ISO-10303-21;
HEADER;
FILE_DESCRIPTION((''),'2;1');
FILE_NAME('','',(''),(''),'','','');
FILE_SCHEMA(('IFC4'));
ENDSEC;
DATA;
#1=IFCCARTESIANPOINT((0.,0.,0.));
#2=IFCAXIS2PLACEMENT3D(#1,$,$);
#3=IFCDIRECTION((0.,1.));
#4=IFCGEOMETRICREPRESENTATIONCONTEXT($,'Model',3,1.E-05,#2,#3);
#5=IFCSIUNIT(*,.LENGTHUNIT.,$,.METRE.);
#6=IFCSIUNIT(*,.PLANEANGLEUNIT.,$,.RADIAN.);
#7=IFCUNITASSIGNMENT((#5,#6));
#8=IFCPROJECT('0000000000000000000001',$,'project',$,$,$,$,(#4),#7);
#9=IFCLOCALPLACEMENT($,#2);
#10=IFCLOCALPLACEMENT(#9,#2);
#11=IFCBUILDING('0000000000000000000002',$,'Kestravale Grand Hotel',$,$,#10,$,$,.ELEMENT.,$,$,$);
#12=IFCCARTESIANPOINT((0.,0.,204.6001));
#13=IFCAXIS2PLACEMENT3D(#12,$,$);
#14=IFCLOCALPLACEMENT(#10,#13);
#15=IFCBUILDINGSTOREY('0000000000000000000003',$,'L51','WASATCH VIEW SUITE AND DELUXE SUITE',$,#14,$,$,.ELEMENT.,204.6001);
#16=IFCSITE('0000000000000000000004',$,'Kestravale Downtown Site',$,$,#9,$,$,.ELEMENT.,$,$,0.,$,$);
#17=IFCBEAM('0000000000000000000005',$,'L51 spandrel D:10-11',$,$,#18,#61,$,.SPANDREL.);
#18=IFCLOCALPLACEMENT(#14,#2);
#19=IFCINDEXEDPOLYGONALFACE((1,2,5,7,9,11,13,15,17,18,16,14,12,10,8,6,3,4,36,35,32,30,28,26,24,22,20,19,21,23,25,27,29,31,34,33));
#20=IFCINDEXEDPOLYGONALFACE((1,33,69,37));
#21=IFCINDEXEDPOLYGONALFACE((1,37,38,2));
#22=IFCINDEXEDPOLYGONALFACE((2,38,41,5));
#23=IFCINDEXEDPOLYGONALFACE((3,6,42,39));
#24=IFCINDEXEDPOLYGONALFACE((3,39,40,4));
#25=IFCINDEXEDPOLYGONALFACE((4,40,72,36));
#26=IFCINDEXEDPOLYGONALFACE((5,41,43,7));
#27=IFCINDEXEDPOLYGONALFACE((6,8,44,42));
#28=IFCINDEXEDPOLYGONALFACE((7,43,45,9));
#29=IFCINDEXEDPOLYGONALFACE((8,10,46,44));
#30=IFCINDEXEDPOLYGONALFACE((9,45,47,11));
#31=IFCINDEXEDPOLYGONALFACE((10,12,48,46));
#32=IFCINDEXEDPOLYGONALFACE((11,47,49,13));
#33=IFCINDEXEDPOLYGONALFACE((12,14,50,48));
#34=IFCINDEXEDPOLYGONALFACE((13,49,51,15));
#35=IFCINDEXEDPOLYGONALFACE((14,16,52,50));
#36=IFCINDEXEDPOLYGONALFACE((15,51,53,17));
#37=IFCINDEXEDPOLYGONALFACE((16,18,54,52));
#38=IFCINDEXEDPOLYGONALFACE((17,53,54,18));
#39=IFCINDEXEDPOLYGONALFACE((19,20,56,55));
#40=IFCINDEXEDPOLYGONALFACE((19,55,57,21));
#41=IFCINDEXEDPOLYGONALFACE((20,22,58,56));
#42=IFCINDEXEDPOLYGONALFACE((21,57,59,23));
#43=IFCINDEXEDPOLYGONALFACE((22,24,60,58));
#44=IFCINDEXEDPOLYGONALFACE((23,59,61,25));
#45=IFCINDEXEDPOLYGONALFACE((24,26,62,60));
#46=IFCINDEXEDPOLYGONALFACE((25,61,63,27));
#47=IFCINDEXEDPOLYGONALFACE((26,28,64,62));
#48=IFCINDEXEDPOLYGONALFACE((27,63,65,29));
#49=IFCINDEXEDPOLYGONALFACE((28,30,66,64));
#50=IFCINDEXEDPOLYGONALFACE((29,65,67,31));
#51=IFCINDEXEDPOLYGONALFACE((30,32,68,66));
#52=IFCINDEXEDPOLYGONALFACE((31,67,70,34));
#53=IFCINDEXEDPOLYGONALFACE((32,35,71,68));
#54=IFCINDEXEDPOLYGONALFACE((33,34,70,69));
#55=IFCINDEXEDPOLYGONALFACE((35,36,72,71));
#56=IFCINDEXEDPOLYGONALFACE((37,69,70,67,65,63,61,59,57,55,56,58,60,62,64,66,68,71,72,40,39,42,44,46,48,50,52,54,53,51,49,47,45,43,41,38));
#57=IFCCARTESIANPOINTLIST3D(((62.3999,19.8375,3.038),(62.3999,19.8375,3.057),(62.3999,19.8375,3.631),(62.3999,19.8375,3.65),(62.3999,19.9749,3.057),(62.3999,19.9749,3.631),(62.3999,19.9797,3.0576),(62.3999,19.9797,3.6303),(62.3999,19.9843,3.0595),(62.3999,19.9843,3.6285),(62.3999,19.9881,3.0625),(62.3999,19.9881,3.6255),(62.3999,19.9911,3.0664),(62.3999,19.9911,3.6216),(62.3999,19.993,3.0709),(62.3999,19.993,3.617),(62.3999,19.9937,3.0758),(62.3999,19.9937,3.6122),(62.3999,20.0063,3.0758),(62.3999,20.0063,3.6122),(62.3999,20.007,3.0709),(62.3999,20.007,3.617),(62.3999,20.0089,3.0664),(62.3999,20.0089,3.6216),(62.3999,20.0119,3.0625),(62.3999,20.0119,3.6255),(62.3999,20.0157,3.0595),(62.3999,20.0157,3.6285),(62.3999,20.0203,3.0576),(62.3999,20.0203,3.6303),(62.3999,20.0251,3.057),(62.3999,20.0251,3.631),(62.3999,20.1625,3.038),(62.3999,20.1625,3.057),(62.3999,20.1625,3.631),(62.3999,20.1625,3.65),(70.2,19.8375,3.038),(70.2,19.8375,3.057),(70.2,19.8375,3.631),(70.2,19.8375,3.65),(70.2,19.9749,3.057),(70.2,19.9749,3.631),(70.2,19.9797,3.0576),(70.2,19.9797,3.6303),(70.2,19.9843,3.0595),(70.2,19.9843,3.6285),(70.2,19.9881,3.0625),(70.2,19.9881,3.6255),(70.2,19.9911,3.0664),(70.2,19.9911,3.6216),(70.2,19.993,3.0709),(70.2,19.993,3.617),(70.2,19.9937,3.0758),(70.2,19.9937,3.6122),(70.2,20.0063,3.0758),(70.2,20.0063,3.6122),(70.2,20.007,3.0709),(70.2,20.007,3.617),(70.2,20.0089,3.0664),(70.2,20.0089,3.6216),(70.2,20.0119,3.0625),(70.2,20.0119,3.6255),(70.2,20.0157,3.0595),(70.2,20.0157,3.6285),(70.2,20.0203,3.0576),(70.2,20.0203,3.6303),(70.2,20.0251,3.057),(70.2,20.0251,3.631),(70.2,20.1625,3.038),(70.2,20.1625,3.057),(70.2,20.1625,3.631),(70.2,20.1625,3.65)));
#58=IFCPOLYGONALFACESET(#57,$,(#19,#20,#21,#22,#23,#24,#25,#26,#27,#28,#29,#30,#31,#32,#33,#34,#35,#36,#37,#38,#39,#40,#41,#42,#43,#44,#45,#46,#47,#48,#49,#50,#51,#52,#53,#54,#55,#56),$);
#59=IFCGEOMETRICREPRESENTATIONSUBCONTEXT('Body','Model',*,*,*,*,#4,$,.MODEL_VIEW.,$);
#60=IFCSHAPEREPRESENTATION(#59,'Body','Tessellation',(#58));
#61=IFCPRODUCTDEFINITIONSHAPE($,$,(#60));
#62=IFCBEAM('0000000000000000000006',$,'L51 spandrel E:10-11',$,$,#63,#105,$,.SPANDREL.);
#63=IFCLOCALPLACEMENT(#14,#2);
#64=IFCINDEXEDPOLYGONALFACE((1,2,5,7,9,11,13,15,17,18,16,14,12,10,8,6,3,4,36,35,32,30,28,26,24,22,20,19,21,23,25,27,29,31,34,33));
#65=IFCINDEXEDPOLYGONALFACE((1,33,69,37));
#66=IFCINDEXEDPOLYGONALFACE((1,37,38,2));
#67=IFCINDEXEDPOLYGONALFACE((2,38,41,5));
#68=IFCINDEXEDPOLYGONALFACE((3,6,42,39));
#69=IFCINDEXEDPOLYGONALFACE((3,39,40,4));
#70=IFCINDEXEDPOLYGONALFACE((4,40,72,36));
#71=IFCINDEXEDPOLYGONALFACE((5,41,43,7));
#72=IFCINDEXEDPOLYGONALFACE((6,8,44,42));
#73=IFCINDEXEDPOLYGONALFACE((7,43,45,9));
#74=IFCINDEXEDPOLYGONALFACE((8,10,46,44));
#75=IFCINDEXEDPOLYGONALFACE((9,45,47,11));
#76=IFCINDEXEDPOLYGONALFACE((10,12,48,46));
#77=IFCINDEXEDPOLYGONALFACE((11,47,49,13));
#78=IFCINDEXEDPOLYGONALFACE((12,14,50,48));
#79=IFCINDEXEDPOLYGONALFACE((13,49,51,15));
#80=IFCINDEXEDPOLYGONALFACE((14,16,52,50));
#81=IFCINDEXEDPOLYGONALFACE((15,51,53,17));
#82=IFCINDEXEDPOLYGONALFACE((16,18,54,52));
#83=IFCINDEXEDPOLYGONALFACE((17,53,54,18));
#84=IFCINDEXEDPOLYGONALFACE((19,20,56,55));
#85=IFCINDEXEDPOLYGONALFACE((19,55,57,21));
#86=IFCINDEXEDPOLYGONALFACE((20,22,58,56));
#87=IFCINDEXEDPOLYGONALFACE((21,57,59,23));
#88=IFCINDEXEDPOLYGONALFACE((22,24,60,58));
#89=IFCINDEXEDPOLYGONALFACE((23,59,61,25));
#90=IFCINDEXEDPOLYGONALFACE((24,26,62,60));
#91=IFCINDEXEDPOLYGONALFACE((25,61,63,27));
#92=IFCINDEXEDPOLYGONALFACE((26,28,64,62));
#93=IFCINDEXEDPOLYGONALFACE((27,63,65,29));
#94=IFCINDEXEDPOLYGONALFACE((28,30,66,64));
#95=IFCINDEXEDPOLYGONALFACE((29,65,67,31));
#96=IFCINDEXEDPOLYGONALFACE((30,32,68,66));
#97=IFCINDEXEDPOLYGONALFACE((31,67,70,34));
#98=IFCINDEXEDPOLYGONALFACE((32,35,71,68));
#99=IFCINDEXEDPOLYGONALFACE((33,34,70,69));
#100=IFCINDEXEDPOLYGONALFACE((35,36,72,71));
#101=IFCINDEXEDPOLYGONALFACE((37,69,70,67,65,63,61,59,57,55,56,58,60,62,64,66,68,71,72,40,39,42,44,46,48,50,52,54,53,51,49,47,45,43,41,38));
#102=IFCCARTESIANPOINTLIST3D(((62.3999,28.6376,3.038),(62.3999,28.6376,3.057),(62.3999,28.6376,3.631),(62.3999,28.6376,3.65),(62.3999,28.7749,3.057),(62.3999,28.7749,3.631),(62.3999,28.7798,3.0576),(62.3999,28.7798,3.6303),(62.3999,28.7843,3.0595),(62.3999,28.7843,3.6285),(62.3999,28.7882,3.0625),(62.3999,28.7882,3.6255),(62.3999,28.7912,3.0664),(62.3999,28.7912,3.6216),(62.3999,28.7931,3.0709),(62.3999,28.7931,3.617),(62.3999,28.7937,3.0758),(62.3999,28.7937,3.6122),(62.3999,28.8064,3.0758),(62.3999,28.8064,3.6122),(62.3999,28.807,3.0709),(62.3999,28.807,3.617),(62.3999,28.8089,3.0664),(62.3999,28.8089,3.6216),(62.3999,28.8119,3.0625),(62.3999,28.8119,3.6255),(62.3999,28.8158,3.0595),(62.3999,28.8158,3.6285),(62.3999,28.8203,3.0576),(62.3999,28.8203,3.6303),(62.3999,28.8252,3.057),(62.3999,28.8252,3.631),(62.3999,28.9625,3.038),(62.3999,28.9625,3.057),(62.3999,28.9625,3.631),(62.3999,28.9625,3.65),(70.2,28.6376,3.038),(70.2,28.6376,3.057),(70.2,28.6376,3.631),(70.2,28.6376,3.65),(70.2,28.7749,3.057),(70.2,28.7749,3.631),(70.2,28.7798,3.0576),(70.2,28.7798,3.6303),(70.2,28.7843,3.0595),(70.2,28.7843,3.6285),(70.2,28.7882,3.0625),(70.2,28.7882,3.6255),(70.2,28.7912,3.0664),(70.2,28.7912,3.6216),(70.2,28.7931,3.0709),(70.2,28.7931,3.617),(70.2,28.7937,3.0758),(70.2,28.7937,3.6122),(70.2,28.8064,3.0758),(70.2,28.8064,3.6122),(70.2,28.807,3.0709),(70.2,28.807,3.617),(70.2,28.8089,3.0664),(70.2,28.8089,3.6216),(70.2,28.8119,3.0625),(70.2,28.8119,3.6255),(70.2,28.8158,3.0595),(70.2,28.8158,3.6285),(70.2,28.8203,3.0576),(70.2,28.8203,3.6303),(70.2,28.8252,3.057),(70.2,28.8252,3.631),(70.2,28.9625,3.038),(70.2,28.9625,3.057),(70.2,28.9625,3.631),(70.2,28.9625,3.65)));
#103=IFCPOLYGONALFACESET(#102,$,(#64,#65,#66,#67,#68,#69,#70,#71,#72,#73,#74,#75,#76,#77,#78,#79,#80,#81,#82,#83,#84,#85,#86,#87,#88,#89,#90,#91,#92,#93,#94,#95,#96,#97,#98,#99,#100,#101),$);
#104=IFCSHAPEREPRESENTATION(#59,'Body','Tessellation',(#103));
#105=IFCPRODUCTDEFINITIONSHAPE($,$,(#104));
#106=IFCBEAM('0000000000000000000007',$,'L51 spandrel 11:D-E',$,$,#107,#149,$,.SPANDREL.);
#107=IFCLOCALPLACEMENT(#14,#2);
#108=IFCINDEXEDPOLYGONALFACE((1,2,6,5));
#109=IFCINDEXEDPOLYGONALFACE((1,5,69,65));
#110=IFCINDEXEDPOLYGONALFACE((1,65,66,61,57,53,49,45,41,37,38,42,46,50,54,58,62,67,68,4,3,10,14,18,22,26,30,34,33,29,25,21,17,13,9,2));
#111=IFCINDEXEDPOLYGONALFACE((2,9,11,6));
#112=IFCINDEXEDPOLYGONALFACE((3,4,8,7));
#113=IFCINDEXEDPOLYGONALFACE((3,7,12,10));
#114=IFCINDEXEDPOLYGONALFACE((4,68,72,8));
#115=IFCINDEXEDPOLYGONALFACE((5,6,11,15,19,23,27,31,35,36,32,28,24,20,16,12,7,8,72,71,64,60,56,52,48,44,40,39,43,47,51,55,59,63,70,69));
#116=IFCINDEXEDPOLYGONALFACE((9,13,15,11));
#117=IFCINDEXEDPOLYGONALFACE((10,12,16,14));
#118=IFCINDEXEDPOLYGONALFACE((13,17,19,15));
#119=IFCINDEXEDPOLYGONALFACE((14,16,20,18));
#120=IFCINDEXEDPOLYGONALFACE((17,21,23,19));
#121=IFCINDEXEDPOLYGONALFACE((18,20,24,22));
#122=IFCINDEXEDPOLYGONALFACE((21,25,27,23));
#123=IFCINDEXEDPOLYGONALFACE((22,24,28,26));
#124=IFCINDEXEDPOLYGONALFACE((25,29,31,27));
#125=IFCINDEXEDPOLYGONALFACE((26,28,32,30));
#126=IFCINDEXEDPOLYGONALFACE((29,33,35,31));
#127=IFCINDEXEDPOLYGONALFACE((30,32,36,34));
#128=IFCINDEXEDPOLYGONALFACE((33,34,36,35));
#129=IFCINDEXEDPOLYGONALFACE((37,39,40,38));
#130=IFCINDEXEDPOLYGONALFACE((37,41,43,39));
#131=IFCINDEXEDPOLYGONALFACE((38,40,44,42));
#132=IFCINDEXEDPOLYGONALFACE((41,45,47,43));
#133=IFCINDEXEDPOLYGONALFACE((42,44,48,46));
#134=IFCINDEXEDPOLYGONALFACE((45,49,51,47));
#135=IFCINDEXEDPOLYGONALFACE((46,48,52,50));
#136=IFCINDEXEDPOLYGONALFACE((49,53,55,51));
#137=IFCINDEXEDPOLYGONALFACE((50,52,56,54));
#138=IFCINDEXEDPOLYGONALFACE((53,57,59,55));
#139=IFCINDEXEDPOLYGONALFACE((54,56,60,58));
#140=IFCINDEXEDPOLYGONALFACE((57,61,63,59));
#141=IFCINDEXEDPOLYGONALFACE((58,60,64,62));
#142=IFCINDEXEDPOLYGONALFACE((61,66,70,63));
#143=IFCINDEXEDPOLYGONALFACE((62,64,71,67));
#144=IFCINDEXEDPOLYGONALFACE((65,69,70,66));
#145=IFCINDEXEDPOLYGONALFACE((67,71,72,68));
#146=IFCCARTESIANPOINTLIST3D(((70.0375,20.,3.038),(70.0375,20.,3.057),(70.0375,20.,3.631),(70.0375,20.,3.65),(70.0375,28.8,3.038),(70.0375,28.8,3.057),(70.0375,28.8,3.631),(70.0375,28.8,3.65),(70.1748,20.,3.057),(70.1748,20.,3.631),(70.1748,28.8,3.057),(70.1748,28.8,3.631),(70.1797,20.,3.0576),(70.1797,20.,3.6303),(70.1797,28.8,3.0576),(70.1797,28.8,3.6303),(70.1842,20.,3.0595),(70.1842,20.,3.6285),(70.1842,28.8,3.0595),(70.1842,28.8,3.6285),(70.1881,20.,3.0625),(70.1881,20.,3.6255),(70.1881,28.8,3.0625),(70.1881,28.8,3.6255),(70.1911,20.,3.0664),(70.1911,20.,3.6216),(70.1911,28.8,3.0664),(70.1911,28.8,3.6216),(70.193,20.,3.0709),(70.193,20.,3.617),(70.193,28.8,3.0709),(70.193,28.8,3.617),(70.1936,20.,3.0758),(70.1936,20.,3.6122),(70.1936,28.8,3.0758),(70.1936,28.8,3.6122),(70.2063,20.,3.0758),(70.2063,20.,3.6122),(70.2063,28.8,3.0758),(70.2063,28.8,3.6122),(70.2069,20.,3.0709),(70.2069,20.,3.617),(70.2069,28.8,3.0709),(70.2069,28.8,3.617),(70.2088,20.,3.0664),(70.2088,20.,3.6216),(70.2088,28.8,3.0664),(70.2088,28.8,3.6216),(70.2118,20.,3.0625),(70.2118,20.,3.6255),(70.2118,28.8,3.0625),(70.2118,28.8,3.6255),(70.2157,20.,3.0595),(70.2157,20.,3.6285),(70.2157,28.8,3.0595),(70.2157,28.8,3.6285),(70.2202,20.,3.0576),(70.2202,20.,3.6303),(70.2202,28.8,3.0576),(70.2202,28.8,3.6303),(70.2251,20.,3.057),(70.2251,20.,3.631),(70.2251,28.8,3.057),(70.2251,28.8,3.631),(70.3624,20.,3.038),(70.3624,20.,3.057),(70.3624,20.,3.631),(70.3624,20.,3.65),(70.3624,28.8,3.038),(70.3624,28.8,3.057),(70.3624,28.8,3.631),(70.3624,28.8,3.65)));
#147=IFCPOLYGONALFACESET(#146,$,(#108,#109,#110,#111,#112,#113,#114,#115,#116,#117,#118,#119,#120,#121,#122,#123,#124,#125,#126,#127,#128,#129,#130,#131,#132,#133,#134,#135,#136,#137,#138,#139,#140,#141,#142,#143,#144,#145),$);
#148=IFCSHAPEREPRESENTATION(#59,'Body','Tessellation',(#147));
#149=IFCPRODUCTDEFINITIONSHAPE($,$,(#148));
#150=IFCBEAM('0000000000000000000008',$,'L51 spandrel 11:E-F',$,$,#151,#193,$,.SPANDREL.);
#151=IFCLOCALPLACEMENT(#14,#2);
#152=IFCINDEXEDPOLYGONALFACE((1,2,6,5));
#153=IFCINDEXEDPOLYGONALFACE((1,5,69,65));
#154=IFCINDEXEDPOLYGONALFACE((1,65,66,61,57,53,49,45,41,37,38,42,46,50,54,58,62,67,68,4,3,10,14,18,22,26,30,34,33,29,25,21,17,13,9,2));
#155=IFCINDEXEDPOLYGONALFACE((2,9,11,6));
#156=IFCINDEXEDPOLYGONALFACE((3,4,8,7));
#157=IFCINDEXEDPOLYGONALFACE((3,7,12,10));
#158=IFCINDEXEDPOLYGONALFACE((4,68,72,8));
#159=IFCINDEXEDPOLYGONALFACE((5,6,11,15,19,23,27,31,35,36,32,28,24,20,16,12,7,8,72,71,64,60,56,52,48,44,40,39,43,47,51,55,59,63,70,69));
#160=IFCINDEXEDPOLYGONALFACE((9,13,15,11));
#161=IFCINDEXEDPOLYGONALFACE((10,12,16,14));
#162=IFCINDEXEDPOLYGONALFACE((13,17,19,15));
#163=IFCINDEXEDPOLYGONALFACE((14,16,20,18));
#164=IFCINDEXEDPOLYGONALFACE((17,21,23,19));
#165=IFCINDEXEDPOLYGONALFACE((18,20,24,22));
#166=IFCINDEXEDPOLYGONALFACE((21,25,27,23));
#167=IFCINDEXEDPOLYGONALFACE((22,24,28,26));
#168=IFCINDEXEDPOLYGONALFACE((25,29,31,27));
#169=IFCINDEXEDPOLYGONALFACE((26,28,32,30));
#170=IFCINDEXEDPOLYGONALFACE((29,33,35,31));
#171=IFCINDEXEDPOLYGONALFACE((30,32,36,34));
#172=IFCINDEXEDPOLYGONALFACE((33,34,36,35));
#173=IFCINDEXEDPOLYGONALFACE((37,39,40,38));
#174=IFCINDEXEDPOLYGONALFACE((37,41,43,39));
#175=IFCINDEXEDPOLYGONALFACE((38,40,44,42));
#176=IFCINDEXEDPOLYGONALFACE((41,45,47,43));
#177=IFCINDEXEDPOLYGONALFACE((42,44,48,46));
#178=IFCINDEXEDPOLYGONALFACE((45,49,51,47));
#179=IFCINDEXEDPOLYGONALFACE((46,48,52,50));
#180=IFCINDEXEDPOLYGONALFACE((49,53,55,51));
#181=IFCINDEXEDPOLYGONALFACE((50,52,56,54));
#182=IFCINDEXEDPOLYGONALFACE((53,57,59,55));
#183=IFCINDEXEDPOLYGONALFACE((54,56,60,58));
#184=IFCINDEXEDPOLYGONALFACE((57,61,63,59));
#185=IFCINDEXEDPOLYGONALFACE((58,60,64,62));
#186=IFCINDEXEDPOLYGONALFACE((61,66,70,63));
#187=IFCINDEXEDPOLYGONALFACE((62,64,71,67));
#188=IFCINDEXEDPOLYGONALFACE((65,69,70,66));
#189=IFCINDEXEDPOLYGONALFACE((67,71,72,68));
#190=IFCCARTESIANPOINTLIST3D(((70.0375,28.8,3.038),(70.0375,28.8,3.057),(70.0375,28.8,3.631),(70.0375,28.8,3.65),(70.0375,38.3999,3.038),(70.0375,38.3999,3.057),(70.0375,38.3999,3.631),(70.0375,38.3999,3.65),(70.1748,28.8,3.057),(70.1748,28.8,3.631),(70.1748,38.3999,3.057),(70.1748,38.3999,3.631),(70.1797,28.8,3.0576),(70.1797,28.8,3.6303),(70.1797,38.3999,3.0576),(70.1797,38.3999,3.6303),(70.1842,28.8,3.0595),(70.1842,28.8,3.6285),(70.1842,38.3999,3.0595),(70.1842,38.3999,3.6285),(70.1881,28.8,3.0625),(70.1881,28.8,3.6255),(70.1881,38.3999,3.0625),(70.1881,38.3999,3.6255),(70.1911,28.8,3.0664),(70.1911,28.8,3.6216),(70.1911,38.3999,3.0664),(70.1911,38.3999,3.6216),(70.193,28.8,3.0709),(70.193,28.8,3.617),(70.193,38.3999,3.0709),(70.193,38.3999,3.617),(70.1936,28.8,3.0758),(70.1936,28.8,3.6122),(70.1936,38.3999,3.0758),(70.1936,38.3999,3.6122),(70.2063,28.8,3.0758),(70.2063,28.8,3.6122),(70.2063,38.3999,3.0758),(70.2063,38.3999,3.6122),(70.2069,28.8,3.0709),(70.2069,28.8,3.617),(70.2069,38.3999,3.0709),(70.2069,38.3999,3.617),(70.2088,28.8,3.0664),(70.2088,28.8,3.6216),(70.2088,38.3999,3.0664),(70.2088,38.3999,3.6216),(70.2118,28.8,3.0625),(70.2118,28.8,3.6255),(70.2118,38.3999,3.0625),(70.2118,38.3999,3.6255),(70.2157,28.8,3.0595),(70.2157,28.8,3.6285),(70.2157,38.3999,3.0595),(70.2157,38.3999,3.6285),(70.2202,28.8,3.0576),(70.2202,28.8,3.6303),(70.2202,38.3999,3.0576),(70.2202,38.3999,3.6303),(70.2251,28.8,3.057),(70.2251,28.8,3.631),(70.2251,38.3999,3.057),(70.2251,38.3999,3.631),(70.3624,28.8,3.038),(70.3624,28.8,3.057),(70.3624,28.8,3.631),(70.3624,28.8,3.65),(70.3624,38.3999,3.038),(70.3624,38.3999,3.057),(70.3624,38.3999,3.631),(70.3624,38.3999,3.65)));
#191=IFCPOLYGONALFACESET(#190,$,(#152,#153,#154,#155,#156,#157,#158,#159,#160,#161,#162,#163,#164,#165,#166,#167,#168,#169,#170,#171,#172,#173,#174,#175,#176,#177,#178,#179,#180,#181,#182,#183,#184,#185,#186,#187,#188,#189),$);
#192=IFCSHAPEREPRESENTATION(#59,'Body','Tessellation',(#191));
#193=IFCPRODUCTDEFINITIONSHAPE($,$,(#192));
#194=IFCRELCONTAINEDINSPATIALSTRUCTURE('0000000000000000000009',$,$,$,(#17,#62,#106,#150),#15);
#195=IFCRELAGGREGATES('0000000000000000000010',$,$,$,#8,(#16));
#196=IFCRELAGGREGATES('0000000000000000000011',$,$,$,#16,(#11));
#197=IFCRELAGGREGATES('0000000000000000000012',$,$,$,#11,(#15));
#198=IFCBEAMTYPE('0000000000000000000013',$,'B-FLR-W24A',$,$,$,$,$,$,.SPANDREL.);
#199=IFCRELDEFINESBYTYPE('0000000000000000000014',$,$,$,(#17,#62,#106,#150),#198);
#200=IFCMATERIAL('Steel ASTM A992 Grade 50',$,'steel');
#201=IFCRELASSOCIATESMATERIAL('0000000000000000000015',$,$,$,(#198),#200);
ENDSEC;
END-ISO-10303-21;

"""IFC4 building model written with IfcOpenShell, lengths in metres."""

from ifc_helpers import new_model, si_unit, direction, frame, origin, origin_2d, place, context, subcontext, project, spatial, i_section, extrude, material, material_profile, profile_set, type_object, element, save


model = new_model("IFC4")

# Units and contexts
model_context = context("Model", 3, precision=1e-05, world=origin(), true_north=direction((0.0, 1.0)))
body_context = subcontext(model_context, "Body", "Model", "MODEL_VIEW")
ifc_project = project(units=[si_unit("LENGTHUNIT", "METRE"), si_unit("PLANEANGLEUNIT", "RADIAN")], contexts=[model_context])

# Site, building, storey
site_placement = place(None, origin())
site = spatial("IfcSite", under=ifc_project, at=site_placement, Name="Kestravale Downtown Site", CompositionType="ELEMENT", RefElevation=0.0)
building_placement = place(site_placement, origin())
building = spatial("IfcBuilding", under=site, at=building_placement, Name="Kestravale Grand Hotel", CompositionType="ELEMENT")
storey_placement = place(building_placement, frame((0.0, 0.0, 204.6001)))
storey = spatial("IfcBuildingStorey", under=building, at=storey_placement, Name="L51", Description="WASATCH VIEW SUITE AND DELUXE SUITE", CompositionType="ELEMENT", Elevation=204.6001)

# Beams
ifc_material_1 = material(Name="Steel ASTM A992 Grade 50", Category="steel")
ifc_material_profile_1 = material_profile(ifc_material_1, i_section(OverallWidth=0.325, OverallDepth=0.6121, WebThickness=0.0127, FlangeThickness=0.019, FilletRadius=0.0188, at=origin_2d()))
ifc_profile_set_1 = profile_set([ifc_material_profile_1], Name="Steel ASTM A992 Grade 50")
beam_type_1 = type_object("IfcBeamType", Name="B-FLR-W24A", PredefinedType="SPANDREL", material=ifc_profile_set_1)
for number, where, z_axis, x_axis, name in (
    (1, (62.3999, 20.0, 3.344), (1.0, 0.0, 0.0), (0.0, 1.0, 0.0), "L51 spandrel D:10-11"),
    (2, (62.3999, 28.8, 3.344), (1.0, 0.0, 0.0), (0.0, 1.0, 0.0), "L51 spandrel E:10-11"),
):
    element("IfcBeam", number, at=place(storey_placement, frame(where, z_axis=z_axis, x_axis=x_axis)), inside=storey, type_object=beam_type_1, Name=name, PredefinedType="SPANDREL", context=body_context, shape_type="SweptSolid", body=[
        extrude(i_section(OverallWidth=0.325, OverallDepth=0.6121, WebThickness=0.0127, FlangeThickness=0.019, FilletRadius=0.0188, at=origin_2d()), origin(), (0.0, 0.0, 1.0), 7.8),
    ])
beam_1_placement = place(storey_placement, frame((70.2, 20.0, 3.344), z_axis=(0.0, 1.0, 0.0), x_axis=(-1.0, 0.0, 0.0)))
element("IfcBeam", 3, at=beam_1_placement, inside=storey, type_object=beam_type_1, Name="L51 spandrel 11:D-E", PredefinedType="SPANDREL", context=body_context, shape_type="SweptSolid", body=[
    extrude(i_section(OverallWidth=0.325, OverallDepth=0.6121, WebThickness=0.0127, FlangeThickness=0.019, FilletRadius=0.0188, at=origin_2d()), origin(), (0.0, 0.0, 1.0), 8.8),
])
beam_2_placement = place(storey_placement, frame((70.2, 28.8, 3.344), z_axis=(0.0, 1.0, 0.0), x_axis=(-1.0, 0.0, 0.0)))
element("IfcBeam", 4, at=beam_2_placement, inside=storey, type_object=beam_type_1, Name="L51 spandrel 11:E-F", PredefinedType="SPANDREL", context=body_context, shape_type="SweptSolid", body=[
    extrude(i_section(OverallWidth=0.325, OverallDepth=0.6121, WebThickness=0.0127, FlangeThickness=0.019, FilletRadius=0.0188, at=origin_2d()), origin(), (0.0, 0.0, 1.0), 9.5999),
])

save(model, "model.ifc")
